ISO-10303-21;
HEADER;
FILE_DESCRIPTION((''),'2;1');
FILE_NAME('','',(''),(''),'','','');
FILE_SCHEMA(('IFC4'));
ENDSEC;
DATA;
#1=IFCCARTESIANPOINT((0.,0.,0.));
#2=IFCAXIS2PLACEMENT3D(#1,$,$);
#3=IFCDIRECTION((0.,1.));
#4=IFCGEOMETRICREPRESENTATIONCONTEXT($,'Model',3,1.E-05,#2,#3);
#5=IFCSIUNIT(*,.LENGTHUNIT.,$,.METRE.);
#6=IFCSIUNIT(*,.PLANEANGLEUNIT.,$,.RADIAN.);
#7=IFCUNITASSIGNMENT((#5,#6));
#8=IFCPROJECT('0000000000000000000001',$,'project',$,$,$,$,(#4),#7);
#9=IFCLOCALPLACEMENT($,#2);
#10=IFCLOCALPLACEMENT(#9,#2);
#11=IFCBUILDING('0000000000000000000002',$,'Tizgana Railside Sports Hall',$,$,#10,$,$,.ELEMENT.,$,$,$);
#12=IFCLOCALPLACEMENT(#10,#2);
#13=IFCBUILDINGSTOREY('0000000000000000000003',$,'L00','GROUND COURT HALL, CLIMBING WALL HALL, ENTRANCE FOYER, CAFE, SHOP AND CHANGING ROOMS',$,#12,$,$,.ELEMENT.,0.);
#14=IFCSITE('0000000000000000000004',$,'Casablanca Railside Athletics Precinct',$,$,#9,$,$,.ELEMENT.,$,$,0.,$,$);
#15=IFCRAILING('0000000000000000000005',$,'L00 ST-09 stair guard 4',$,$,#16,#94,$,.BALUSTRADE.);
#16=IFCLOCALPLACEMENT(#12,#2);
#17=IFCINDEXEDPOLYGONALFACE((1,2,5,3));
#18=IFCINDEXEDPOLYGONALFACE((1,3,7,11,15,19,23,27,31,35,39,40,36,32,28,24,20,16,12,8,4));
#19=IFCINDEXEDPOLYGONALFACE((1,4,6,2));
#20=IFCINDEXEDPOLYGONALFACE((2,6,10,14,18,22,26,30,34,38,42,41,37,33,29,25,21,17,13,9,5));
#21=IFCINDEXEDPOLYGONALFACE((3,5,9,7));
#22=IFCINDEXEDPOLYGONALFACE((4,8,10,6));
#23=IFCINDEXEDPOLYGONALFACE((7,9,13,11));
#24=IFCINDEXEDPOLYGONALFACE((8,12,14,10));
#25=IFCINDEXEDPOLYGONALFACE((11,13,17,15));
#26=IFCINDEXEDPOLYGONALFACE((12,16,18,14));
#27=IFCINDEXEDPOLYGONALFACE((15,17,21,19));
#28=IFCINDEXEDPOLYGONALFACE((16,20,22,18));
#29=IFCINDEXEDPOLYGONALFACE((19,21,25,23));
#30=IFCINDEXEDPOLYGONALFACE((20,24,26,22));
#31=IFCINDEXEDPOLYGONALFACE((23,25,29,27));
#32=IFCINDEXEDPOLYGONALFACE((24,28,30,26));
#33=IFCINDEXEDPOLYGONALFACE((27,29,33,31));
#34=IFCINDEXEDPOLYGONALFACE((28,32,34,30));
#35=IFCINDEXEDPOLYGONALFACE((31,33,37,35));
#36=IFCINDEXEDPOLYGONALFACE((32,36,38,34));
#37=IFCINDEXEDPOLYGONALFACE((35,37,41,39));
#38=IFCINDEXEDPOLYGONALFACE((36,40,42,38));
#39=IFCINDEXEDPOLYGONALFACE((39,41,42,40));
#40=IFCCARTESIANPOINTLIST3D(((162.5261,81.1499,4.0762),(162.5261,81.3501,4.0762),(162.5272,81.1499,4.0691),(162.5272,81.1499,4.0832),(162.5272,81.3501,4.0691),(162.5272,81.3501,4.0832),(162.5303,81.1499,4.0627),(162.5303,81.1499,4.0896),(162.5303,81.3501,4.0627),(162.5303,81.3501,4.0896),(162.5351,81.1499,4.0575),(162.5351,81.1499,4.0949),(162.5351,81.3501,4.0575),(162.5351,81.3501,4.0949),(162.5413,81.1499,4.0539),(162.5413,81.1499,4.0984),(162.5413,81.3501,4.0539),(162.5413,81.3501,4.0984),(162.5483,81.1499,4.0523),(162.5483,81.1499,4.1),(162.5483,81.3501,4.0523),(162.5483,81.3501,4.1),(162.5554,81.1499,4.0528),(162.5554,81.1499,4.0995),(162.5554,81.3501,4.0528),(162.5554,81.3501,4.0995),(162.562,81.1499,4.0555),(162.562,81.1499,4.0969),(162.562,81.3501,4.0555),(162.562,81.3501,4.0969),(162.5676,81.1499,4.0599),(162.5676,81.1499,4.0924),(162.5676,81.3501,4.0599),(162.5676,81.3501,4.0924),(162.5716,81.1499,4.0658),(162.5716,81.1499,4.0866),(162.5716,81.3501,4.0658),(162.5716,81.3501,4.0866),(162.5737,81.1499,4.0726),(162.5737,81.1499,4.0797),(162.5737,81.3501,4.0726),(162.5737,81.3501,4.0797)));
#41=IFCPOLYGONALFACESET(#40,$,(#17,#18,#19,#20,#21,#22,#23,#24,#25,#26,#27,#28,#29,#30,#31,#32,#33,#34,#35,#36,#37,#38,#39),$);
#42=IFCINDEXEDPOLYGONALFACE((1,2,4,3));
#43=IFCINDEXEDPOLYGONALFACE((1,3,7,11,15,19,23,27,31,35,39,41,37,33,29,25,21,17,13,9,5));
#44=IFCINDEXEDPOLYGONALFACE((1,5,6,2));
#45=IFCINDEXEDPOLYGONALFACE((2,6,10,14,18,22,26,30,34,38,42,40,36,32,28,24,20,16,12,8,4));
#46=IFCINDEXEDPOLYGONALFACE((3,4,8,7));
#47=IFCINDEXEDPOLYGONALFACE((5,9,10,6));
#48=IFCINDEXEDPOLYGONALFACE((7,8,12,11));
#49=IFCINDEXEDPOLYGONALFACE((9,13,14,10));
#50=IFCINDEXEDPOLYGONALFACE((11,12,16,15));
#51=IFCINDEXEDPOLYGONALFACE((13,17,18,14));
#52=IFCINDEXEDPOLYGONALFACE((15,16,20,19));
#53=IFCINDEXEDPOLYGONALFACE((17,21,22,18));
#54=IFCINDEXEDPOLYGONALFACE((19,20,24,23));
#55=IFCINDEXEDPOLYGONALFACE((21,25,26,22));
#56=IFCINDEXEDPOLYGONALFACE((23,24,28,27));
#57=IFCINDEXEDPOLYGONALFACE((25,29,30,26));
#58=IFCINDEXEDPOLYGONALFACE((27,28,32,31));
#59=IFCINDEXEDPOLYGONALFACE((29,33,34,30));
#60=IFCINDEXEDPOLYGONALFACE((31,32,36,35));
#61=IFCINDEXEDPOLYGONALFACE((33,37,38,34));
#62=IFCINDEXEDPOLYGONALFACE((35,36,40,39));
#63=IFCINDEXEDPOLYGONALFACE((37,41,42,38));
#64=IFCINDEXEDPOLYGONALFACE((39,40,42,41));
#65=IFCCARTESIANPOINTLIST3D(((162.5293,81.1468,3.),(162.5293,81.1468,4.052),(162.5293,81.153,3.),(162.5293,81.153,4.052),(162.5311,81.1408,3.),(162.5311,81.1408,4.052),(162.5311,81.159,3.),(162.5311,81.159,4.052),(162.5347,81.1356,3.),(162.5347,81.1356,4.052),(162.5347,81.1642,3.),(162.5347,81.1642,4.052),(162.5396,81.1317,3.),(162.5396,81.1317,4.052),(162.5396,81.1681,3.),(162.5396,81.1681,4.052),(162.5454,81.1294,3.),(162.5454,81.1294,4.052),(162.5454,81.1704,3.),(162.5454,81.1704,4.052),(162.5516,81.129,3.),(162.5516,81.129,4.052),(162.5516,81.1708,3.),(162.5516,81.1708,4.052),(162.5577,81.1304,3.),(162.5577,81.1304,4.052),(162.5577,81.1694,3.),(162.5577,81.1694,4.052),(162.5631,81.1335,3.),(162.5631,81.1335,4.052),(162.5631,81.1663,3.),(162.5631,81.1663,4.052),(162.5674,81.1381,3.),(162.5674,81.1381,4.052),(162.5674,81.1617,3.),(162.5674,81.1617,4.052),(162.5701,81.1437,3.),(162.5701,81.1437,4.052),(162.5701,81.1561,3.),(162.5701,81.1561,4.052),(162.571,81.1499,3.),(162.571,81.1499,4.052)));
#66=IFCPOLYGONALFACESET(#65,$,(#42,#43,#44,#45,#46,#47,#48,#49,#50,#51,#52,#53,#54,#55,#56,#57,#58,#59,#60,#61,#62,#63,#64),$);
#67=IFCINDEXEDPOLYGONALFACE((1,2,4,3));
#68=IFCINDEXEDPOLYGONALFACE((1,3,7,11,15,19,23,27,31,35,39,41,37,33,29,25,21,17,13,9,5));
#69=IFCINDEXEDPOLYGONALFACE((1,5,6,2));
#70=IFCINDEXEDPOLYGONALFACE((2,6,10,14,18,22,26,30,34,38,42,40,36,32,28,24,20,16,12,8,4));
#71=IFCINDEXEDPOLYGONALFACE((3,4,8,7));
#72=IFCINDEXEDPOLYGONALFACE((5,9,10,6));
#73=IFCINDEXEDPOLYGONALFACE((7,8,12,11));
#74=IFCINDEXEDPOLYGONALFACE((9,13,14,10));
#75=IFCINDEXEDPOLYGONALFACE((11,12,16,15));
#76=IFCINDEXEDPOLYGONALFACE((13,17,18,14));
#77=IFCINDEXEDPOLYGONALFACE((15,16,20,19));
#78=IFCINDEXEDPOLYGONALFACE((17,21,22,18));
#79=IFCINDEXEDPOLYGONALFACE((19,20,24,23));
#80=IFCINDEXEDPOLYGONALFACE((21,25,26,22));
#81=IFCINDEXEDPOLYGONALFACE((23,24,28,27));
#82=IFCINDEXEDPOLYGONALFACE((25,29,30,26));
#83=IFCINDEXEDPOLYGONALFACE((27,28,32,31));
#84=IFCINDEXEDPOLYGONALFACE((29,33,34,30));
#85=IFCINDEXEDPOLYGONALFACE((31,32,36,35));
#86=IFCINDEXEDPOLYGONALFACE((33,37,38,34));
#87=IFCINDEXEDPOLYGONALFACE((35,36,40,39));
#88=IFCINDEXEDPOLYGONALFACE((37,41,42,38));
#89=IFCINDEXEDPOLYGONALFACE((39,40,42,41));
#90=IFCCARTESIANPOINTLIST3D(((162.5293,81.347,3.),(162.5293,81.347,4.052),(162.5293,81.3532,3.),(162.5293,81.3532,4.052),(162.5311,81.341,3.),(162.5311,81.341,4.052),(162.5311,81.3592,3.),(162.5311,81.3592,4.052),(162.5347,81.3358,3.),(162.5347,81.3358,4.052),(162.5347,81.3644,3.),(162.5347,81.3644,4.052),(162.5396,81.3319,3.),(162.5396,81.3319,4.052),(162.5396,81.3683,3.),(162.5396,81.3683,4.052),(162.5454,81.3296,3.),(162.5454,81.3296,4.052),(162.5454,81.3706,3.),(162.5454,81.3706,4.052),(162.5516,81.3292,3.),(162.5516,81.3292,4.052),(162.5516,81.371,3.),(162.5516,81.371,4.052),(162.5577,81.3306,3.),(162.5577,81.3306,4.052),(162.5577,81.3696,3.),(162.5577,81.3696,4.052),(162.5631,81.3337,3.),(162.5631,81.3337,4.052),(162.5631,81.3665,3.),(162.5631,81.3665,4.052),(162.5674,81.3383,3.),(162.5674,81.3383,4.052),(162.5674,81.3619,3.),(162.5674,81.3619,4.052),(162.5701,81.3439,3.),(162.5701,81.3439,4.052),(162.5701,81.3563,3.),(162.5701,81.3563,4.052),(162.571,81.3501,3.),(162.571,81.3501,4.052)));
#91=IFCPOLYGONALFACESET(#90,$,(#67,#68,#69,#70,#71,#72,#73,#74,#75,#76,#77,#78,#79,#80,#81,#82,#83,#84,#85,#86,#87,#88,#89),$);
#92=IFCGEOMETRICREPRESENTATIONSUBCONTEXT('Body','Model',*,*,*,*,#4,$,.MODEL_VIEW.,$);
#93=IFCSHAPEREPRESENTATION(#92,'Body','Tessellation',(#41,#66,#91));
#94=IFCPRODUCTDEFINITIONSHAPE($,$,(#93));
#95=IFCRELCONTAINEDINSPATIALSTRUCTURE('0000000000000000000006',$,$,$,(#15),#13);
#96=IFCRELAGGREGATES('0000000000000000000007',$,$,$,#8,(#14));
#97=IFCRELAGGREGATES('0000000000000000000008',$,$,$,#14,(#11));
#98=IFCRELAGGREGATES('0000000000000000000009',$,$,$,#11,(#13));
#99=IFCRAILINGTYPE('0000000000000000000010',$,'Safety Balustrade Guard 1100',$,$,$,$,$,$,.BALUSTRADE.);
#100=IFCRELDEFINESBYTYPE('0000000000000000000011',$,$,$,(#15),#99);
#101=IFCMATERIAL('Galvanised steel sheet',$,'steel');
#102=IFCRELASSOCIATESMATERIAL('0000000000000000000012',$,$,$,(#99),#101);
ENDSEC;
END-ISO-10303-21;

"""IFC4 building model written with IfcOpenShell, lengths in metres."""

from ifc_helpers import new_model, si_unit, direction, frame, origin, origin_2d, place, context, subcontext, project, spatial, circle, extrude, material, type_object, element, save


model = new_model("IFC4")

# Units and contexts
model_context = context("Model", 3, precision=1e-05, world=origin(), true_north=direction((0.0, 1.0)))
body_context = subcontext(model_context, "Body", "Model", "MODEL_VIEW")
ifc_project = project(units=[si_unit("LENGTHUNIT", "METRE"), si_unit("PLANEANGLEUNIT", "RADIAN")], contexts=[model_context])

# Site, building, storey
site_placement = place(None, origin())
site = spatial("IfcSite", under=ifc_project, at=site_placement, Name="Casablanca Railside Athletics Precinct", CompositionType="ELEMENT", RefElevation=0.0)
building_placement = place(site_placement, origin())
building = spatial("IfcBuilding", under=site, at=building_placement, Name="Tizgana Railside Sports Hall", CompositionType="ELEMENT")
storey_placement = place(building_placement, origin())
storey = spatial("IfcBuildingStorey", under=building, at=storey_placement, Name="L00", Description="GROUND COURT HALL, CLIMBING WALL HALL, ENTRANCE FOYER, CAFE, SHOP AND CHANGING ROOMS", CompositionType="ELEMENT", Elevation=0.0)

# Railing
ifc_material_1 = material(Name="Galvanised steel sheet", Category="steel")
railing_type_1 = type_object("IfcRailingType", Name="Safety Balustrade Guard 1100", PredefinedType="BALUSTRADE", material=ifc_material_1)
railing_1_placement = place(storey_placement, frame((162.55, 81.1499, 3.0)))
element("IfcRailing", 1, at=railing_1_placement, inside=storey, type_object=railing_type_1, Name="L00 ST-09 stair guard 4", PredefinedType="BALUSTRADE", context=body_context, shape_type="SweptSolid", body=[
    extrude(circle(Radius=0.0239, at=origin_2d()), frame((0.0, 0.0, 1.0762), z_axis=(0.0, 1.0, 0.0), x_axis=(-1.0, 0.0, 0.0)), (0.0, 0.0, 1.0), 0.2002),
    extrude(circle(Radius=0.021, at=origin_2d()), origin(), (0.0, 0.0, 1.0), 1.052),
    extrude(circle(Radius=0.021, at=origin_2d()), frame((0.0, 0.2002, 0.0)), (0.0, 0.0, 1.0), 1.052),
])

save(model, "model.ifc")
